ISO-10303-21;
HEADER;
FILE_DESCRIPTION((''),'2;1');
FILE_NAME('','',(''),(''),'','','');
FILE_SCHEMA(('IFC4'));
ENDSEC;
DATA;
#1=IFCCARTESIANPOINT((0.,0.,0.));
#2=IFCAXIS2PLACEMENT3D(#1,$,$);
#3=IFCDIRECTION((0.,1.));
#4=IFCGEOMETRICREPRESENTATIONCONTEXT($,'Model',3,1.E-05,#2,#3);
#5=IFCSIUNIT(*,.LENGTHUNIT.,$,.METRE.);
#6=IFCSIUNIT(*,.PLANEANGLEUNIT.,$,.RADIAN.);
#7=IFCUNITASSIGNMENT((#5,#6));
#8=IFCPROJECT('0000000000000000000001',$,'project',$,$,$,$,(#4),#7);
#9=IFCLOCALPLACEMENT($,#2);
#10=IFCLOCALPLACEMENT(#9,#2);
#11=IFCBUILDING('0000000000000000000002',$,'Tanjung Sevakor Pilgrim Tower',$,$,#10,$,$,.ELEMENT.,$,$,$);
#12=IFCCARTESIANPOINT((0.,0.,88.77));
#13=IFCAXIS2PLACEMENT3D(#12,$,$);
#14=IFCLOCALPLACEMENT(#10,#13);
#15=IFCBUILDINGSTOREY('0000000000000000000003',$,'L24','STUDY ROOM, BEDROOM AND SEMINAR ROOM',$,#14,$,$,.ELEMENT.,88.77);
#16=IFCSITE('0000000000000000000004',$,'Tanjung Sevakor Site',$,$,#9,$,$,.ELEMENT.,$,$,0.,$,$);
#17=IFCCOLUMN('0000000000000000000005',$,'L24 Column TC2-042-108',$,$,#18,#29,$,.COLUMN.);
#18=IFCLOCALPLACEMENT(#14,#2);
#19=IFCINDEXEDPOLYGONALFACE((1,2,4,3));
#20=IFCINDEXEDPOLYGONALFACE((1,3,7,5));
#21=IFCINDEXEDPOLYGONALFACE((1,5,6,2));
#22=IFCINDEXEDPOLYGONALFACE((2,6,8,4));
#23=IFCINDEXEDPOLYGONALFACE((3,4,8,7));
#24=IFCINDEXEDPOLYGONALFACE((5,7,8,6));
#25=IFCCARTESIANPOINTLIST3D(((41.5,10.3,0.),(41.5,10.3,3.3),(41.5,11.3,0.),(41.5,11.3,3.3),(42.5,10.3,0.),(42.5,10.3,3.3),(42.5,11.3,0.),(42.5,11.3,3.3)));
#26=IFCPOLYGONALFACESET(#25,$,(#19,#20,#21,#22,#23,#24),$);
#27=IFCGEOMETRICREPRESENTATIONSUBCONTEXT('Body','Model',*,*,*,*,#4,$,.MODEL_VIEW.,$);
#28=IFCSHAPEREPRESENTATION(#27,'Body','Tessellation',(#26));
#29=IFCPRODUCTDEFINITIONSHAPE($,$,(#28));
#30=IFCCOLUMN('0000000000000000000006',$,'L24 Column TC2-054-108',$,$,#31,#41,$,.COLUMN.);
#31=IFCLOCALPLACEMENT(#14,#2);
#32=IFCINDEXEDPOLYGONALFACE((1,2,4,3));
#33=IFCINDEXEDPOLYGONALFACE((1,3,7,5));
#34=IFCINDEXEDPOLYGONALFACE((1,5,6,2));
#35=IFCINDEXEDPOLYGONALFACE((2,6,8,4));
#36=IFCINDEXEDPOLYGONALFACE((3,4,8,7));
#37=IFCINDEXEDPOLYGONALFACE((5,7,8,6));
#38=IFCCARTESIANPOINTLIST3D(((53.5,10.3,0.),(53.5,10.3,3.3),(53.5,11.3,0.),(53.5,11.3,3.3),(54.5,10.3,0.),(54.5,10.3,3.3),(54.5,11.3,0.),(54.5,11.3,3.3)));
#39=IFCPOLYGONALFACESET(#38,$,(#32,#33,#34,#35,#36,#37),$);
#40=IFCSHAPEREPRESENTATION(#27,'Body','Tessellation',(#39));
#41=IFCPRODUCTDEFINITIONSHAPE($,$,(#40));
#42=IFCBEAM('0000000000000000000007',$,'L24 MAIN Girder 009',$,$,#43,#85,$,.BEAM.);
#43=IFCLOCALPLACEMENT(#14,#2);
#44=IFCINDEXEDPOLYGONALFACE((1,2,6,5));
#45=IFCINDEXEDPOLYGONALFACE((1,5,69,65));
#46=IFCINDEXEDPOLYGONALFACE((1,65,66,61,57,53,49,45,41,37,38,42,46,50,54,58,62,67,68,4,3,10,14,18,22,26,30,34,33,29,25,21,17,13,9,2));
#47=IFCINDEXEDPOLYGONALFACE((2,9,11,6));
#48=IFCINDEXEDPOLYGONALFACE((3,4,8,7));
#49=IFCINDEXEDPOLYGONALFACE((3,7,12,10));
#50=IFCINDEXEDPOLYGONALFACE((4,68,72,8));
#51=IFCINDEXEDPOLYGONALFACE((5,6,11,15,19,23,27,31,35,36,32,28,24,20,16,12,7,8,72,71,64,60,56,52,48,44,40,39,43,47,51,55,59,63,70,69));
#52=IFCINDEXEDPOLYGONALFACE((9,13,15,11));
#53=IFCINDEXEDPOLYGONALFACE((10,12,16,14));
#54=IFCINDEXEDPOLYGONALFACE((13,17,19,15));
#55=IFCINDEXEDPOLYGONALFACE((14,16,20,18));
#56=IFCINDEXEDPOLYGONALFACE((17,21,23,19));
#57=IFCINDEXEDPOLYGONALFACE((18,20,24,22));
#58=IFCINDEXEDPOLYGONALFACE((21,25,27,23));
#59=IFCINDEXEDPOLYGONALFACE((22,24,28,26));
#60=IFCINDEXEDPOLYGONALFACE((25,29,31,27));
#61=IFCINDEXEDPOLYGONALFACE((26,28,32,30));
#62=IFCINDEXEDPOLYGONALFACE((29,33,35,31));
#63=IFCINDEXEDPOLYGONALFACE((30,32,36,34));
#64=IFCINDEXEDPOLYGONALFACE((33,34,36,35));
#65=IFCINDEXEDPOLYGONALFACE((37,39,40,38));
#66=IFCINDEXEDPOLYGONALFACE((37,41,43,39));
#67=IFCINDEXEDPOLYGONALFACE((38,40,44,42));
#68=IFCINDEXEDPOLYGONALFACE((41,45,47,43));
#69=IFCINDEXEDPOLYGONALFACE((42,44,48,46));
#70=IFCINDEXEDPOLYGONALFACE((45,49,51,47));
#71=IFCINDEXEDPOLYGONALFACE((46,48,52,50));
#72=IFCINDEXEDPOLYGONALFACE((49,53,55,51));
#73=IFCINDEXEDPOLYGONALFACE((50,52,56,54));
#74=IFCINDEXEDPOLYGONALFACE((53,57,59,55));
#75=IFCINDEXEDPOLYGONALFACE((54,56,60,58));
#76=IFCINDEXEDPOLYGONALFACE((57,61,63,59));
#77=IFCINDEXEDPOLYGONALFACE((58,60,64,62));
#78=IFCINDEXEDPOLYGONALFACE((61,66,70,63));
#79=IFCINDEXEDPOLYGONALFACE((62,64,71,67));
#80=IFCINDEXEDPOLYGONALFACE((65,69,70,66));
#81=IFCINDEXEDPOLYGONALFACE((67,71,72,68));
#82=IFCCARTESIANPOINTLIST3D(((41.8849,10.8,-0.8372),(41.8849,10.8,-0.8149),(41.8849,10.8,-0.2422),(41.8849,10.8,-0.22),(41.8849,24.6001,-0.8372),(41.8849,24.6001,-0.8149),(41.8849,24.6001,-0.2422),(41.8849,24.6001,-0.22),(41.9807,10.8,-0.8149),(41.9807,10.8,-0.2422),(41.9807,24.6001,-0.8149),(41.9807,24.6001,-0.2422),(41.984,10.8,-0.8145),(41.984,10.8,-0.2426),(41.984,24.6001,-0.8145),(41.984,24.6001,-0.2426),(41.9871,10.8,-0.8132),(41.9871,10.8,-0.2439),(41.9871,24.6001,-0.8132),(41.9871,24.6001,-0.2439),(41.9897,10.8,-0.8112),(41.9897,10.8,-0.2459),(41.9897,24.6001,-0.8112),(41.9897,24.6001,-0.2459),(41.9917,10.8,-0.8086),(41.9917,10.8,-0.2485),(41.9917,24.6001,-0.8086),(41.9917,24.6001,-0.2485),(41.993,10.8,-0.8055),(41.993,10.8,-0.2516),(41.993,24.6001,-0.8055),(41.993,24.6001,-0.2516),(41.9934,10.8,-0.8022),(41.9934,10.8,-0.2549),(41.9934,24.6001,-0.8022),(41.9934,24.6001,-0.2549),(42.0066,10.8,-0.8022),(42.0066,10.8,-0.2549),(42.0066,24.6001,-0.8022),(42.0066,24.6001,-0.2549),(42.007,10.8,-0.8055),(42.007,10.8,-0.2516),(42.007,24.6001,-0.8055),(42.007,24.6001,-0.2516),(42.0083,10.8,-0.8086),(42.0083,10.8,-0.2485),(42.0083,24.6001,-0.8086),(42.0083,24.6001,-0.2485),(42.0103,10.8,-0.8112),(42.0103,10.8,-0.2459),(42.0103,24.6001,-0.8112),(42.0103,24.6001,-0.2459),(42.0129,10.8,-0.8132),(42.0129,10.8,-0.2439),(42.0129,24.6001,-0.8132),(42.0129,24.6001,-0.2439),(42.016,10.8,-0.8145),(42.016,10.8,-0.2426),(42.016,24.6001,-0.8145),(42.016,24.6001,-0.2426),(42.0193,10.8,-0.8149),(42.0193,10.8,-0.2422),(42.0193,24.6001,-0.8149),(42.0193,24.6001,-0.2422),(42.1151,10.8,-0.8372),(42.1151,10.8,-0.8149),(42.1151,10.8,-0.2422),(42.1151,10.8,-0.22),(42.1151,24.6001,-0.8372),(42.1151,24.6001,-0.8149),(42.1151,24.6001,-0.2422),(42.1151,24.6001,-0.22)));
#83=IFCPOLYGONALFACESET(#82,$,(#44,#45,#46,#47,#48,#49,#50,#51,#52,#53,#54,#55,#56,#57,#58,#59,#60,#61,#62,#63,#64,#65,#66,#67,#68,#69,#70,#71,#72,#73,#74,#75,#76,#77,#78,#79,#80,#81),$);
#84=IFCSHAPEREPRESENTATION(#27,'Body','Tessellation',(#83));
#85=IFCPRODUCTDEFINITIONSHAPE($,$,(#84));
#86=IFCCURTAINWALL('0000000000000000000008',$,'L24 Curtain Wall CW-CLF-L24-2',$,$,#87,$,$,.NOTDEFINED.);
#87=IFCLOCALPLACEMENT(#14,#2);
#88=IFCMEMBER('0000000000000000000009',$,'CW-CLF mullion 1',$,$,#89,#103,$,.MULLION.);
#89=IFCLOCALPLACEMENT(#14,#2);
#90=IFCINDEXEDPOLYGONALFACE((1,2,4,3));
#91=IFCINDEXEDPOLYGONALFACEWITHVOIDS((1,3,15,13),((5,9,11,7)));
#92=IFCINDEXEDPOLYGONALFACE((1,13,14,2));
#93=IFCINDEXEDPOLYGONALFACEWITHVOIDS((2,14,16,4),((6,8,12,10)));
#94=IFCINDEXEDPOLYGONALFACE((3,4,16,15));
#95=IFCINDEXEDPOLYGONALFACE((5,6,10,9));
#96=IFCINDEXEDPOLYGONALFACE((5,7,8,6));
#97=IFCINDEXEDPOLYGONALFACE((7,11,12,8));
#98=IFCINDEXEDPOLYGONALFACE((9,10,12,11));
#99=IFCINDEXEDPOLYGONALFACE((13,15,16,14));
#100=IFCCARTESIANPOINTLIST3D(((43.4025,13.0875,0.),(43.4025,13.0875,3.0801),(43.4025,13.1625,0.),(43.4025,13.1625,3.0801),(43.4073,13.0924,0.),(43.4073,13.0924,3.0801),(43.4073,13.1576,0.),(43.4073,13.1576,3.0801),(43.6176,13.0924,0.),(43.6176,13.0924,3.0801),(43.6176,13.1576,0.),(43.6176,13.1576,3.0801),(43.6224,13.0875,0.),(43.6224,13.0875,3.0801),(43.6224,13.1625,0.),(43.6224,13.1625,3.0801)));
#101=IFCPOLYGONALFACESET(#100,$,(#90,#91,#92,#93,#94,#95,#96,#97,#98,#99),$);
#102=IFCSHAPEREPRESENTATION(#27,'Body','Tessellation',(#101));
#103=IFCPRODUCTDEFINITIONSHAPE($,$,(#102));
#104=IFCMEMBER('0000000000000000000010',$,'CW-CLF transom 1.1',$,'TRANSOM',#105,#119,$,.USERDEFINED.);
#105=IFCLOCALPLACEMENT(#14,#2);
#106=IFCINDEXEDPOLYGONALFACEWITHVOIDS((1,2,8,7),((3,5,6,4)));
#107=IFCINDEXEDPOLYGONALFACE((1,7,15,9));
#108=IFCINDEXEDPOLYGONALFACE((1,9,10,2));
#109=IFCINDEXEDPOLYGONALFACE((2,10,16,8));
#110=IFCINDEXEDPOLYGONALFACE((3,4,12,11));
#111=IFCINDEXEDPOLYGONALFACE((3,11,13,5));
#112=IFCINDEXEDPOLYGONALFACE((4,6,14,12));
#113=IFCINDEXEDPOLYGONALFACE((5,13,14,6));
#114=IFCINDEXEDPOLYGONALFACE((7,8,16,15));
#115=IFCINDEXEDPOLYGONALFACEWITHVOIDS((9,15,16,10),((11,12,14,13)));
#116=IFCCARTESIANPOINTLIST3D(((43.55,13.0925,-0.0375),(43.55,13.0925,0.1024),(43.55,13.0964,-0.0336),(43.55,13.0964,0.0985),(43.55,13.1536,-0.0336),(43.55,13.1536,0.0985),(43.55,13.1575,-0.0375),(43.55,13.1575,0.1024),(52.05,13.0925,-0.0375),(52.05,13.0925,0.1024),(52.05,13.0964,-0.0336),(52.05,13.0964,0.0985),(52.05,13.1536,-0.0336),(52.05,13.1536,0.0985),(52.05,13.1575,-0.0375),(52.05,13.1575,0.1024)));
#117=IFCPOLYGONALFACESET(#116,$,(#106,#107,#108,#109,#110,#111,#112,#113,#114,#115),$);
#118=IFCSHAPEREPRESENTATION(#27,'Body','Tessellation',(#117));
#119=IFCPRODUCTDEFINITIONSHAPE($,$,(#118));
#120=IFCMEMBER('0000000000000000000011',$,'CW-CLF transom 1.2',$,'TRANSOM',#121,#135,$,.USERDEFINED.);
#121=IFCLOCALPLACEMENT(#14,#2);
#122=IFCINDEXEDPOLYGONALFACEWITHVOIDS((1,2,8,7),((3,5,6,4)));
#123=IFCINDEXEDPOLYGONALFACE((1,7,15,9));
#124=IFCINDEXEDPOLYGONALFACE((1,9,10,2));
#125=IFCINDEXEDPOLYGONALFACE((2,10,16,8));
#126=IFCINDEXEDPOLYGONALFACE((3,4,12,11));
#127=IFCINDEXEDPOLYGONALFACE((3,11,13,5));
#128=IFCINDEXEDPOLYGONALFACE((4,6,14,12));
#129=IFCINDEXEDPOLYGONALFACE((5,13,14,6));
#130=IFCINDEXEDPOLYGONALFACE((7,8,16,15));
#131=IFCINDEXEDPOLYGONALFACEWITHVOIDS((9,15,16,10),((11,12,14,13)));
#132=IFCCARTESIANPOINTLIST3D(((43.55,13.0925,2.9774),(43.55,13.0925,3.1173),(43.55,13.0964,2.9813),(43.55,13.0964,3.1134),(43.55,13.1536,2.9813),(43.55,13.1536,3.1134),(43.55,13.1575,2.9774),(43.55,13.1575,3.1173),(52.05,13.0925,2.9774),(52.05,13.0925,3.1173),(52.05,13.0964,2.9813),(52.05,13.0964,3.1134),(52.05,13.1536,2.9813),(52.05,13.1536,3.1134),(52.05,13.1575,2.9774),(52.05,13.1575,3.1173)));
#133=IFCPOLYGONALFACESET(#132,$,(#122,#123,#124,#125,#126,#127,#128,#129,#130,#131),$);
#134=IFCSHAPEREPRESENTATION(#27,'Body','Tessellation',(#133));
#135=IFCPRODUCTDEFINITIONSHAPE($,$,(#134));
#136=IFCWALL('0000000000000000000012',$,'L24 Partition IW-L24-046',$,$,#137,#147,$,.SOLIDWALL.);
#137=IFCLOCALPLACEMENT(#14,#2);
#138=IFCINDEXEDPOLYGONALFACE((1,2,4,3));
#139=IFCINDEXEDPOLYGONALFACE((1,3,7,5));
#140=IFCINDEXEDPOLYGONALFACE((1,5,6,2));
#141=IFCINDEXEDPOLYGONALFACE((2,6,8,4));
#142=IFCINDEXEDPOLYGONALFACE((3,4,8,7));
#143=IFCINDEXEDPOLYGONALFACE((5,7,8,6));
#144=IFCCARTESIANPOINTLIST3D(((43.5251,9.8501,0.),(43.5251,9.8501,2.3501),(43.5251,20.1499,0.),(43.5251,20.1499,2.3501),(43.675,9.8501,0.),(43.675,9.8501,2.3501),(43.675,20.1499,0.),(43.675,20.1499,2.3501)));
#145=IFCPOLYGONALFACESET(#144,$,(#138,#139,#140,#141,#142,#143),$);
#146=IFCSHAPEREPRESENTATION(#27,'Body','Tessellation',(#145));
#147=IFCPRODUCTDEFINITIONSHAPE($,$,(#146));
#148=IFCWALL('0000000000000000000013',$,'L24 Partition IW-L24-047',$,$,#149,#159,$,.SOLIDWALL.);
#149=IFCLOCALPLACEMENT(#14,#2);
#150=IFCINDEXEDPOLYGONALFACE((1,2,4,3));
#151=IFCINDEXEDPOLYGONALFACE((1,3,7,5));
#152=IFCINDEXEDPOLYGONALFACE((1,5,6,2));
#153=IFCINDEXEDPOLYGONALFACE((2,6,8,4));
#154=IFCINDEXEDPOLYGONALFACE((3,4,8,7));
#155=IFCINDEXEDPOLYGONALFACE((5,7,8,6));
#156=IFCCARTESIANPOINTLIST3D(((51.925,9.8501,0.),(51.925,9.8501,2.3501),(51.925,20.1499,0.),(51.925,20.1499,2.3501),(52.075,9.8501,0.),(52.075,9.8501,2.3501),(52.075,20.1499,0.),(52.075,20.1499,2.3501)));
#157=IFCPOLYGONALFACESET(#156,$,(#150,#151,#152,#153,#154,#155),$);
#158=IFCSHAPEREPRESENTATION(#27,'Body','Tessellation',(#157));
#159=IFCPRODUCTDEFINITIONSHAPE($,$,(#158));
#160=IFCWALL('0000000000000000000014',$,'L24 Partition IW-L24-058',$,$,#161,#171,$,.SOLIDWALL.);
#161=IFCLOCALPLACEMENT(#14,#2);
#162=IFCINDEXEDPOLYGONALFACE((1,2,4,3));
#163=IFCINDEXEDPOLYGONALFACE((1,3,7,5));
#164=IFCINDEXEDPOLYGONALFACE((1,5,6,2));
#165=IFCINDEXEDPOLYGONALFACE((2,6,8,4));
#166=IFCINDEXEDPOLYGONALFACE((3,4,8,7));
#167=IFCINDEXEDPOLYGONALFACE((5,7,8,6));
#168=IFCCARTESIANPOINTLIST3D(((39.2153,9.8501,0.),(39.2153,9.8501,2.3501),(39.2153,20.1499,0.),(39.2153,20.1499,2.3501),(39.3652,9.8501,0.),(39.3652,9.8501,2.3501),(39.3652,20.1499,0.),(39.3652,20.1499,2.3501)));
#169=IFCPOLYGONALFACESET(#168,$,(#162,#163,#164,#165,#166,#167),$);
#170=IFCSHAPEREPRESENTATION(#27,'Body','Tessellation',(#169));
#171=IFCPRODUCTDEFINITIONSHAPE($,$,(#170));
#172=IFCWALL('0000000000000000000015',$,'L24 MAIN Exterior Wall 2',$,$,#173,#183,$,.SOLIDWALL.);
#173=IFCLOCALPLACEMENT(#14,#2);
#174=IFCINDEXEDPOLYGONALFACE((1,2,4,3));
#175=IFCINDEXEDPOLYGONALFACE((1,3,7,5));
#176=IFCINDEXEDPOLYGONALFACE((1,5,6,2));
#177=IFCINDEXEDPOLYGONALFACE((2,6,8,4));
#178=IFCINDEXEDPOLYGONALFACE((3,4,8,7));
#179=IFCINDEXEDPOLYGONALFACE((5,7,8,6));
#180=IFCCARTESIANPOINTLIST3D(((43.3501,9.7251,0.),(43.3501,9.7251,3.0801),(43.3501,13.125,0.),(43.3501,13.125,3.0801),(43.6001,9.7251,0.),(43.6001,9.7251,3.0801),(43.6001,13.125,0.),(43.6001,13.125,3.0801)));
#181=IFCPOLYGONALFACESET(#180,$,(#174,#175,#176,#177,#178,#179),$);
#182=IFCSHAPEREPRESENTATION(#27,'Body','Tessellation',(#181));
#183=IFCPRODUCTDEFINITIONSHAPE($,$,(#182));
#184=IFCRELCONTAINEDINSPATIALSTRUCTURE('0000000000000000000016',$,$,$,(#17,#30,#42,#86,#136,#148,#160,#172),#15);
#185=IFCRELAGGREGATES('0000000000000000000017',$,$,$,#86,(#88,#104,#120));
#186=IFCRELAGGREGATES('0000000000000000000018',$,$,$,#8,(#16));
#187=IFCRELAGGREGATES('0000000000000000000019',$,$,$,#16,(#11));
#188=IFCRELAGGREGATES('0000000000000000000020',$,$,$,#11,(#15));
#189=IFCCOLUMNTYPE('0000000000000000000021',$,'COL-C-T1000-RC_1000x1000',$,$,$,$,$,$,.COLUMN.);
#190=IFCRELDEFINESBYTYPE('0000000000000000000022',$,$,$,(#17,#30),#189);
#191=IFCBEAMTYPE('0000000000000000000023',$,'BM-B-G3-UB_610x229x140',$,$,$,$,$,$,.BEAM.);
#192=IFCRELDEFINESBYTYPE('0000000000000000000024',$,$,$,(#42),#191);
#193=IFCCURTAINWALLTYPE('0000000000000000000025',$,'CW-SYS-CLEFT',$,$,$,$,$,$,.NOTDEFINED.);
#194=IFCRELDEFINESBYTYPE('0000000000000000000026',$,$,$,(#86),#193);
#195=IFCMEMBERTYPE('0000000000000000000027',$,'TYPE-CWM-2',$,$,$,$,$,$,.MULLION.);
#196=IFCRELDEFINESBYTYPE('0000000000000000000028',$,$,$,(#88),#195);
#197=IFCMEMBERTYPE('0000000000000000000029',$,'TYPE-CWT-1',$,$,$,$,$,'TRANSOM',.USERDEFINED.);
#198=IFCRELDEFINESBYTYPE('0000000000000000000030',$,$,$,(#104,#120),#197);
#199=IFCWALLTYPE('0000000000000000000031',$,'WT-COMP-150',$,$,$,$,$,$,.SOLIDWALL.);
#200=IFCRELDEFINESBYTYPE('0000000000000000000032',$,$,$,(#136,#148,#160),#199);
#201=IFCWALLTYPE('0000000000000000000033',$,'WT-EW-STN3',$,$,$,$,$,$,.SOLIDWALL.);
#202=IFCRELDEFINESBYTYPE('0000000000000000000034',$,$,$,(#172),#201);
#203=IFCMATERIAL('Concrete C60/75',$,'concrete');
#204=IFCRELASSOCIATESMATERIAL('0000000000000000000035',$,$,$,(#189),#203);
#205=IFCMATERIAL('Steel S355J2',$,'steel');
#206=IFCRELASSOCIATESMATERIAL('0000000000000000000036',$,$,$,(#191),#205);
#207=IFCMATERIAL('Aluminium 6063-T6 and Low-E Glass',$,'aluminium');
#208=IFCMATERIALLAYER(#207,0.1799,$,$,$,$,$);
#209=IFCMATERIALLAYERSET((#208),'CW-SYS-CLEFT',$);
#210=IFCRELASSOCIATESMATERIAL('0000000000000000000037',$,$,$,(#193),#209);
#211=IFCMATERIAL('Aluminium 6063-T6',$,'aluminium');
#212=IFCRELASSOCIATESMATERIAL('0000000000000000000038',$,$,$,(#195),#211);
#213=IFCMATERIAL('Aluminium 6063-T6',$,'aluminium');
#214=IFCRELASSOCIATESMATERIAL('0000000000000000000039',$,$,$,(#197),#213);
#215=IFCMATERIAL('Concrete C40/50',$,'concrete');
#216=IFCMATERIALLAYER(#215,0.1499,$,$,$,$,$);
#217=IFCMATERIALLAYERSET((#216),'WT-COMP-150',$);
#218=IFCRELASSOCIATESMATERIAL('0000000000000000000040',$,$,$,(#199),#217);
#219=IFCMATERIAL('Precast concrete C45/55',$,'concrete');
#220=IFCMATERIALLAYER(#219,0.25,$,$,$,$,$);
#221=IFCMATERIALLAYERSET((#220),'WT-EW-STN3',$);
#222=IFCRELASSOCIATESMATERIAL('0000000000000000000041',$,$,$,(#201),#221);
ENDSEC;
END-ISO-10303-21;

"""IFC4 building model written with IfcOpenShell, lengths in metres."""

from ifc_helpers import new_model, si_unit, direction, frame, frame_2d, origin, origin_2d, place, context, subcontext, project, spatial, rectangle, hollow_rectangle, i_section, extrude, material, layer, layer_set, material_profile, profile_set, type_object, element, aggregate, save


model = new_model("IFC4")

# Units and contexts
model_context = context("Model", 3, precision=1e-05, world=origin(), true_north=direction((0.0, 1.0)))
body_context = subcontext(model_context, "Body", "Model", "MODEL_VIEW")
ifc_project = project(units=[si_unit("LENGTHUNIT", "METRE"), si_unit("PLANEANGLEUNIT", "RADIAN")], contexts=[model_context])

# Site, building, storey
site_placement = place(None, origin())
site = spatial("IfcSite", under=ifc_project, at=site_placement, Name="Tanjung Sevakor Site", CompositionType="ELEMENT", RefElevation=0.0)
building_placement = place(site_placement, origin())
building = spatial("IfcBuilding", under=site, at=building_placement, Name="Tanjung Sevakor Pilgrim Tower", CompositionType="ELEMENT")
storey_placement = place(building_placement, frame((0.0, 0.0, 88.77)))
storey = spatial("IfcBuildingStorey", under=building, at=storey_placement, Name="L24", Description="STUDY ROOM, BEDROOM AND SEMINAR ROOM", CompositionType="ELEMENT", Elevation=88.77)

# Columns
ifc_material_1 = material(Name="Concrete C60/75", Category="concrete")
ifc_material_profile_1 = material_profile(ifc_material_1, rectangle(XDim=1.0, YDim=1.0, at=origin_2d()))
ifc_profile_set_1 = profile_set([ifc_material_profile_1], Name="Concrete C60/75")
column_type = type_object("IfcColumnType", Name="COL-C-T1000-RC_1000x1000", PredefinedType="COLUMN", material=ifc_profile_set_1)
for number, where, z_axis, x_axis, name in (
    (1, (42.0, 10.8, 0.0), (0.0, 0.0, 1.0), (1.0, 0.0, 0.0), "L24 Column TC2-042-108"),
    (2, (54.0, 10.8, 0.0), (0.0, 0.0, 1.0), (1.0, 0.0, 0.0), "L24 Column TC2-054-108"),
):
    element("IfcColumn", number, at=place(storey_placement, frame(where, z_axis=z_axis, x_axis=x_axis)), inside=storey, type_object=column_type, Name=name, PredefinedType="COLUMN", context=body_context, shape_type="SweptSolid", body=[
        extrude(rectangle(XDim=1.0, YDim=1.0, at=origin_2d()), origin(), (0.0, 0.0, 1.0), 3.3),
    ])

# Beam
ifc_material_2 = material(Name="Steel S355J2", Category="steel")
ifc_material_profile_2 = material_profile(ifc_material_2, i_section(OverallWidth=0.2302, OverallDepth=0.6172, WebThickness=0.0132, FlangeThickness=0.0222, FilletRadius=0.0127, at=origin_2d()))
ifc_profile_set_2 = profile_set([ifc_material_profile_2], Name="Steel S355J2")
beam_type = type_object("IfcBeamType", Name="BM-B-G3-UB_610x229x140", PredefinedType="BEAM", material=ifc_profile_set_2)
beam_placement = place(storey_placement, frame((42.0, 10.8, -0.5286), z_axis=(0.0, 1.0, 0.0), x_axis=(-1.0, 0.0, 0.0)))
element("IfcBeam", 3, at=beam_placement, inside=storey, type_object=beam_type, Name="L24 MAIN Girder 009", PredefinedType="BEAM", context=body_context, shape_type="SweptSolid", body=[
    extrude(i_section(OverallWidth=0.2302, OverallDepth=0.6172, WebThickness=0.0132, FlangeThickness=0.0222, FilletRadius=0.0127, at=origin_2d()), origin(), (0.0, 0.0, 1.0), 13.8),
])

# Curtain wall, members
ifc_material_3 = material(Name="Aluminium 6063-T6 and Low-E Glass", Category="aluminium")
ifc_layer_1 = layer(ifc_material_3, 0.1799)
ifc_layer_set_1 = layer_set([ifc_layer_1], Name="CW-SYS-CLEFT")
curtain_wall_type = type_object("IfcCurtainWallType", Name="CW-SYS-CLEFT", PredefinedType="NOTDEFINED", material=ifc_layer_set_1)
curtain_wall_placement = place(storey_placement, origin())
curtain_wall = element("IfcCurtainWall", 4, at=curtain_wall_placement, inside=storey, type_object=curtain_wall_type, Name="L24 Curtain Wall CW-CLF-L24-2", PredefinedType="NOTDEFINED")
ifc_material_4 = material(Name="Aluminium 6063-T6", Category="aluminium")
ifc_material_profile_3 = material_profile(ifc_material_4, hollow_rectangle(XDim=0.075, YDim=0.22, WallThickness=0.0049, at=origin_2d()))
ifc_profile_set_3 = profile_set([ifc_material_profile_3], Name="Aluminium 6063-T6")
member_type_1 = type_object("IfcMemberType", Name="TYPE-CWM-2", PredefinedType="MULLION", material=ifc_profile_set_3)
member_1_placement = place(storey_placement, frame((43.5125, 13.125, 0.0), z_axis=(0.0, 0.0, 1.0), x_axis=(0.0, 1.0, 0.0)))
member_1 = element("IfcMember", 5, at=member_1_placement, type_object=member_type_1, Name="CW-CLF mullion 1", PredefinedType="MULLION", context=body_context, shape_type="SweptSolid", body=[
    extrude(hollow_rectangle(XDim=0.075, YDim=0.22, WallThickness=0.0049, at=origin_2d()), origin(), (0.0, 0.0, 1.0), 3.0801),
])
ifc_material_5 = material(Name="Aluminium 6063-T6", Category="aluminium")
ifc_material_profile_4 = material_profile(ifc_material_5, hollow_rectangle(XDim=0.0649, YDim=0.1399, WallThickness=0.0039, at=origin_2d()))
ifc_profile_set_4 = profile_set([ifc_material_profile_4], Name="Aluminium 6063-T6")
member_type_2 = type_object("IfcMemberType", Name="TYPE-CWT-1", ElementType="TRANSOM", PredefinedType="USERDEFINED", material=ifc_profile_set_4)
member_2_placement = place(storey_placement, frame((43.55, 13.125, 0.0325), z_axis=(1.0, 0.0, 0.0), x_axis=(0.0, 1.0, 0.0)))
member_2 = element("IfcMember", 6, at=member_2_placement, type_object=member_type_2, Name="CW-CLF transom 1.1", ObjectType="TRANSOM", PredefinedType="USERDEFINED", context=body_context, shape_type="SweptSolid", body=[
    extrude(hollow_rectangle(XDim=0.0649, YDim=0.1399, WallThickness=0.0039, at=origin_2d()), origin(), (0.0, 0.0, 1.0), 8.5),
])
member_3_placement = place(storey_placement, frame((43.55, 13.125, 3.0474), z_axis=(1.0, 0.0, 0.0), x_axis=(0.0, 1.0, 0.0)))
member_3 = element("IfcMember", 7, at=member_3_placement, type_object=member_type_2, Name="CW-CLF transom 1.2", ObjectType="TRANSOM", PredefinedType="USERDEFINED", context=body_context, shape_type="SweptSolid", body=[
    extrude(hollow_rectangle(XDim=0.0649, YDim=0.1399, WallThickness=0.0039, at=origin_2d()), origin(), (0.0, 0.0, 1.0), 8.5),
])
aggregate(curtain_wall, [member_1, member_2, member_3])

# Walls
ifc_material_6 = material(Name="Concrete C40/50", Category="concrete")
ifc_layer_2 = layer(ifc_material_6, 0.1499)
ifc_layer_set_2 = layer_set([ifc_layer_2], Name="WT-COMP-150")
wall_type_1 = type_object("IfcWallType", Name="WT-COMP-150", PredefinedType="SOLIDWALL", material=ifc_layer_set_2)
for number, where, z_axis, x_axis, name in (
    (8, (43.6001, 9.8501, 0.0), (0.0, 0.0, 1.0), (0.0, 1.0, 0.0), "L24 Partition IW-L24-046"),
    (9, (52.0, 9.8501, 0.0), (0.0, 0.0, 1.0), (0.0, 1.0, 0.0), "L24 Partition IW-L24-047"),
    (10, (39.2903, 9.8501, 0.0), (0.0, 0.0, 1.0), (0.0, 1.0, 0.0), "L24 Partition IW-L24-058"),
):
    element("IfcWall", number, at=place(storey_placement, frame(where, z_axis=z_axis, x_axis=x_axis)), inside=storey, type_object=wall_type_1, Name=name, PredefinedType="SOLIDWALL", context=body_context, shape_type="SweptSolid", body=[
        extrude(rectangle(XDim=10.2998, YDim=0.1499, at=frame_2d((5.1499, 0.0))), origin(), (0.0, 0.0, 1.0), 2.3501),
    ])
ifc_material_7 = material(Name="Precast concrete C45/55", Category="concrete")
ifc_layer_3 = layer(ifc_material_7, 0.25)
ifc_layer_set_3 = layer_set([ifc_layer_3], Name="WT-EW-STN3")
wall_type_2 = type_object("IfcWallType", Name="WT-EW-STN3", PredefinedType="SOLIDWALL", material=ifc_layer_set_3)
wall_1_placement = place(storey_placement, frame((43.4751, 9.7251, 0.0), z_axis=(0.0, 0.0, 1.0), x_axis=(0.0, 1.0, 0.0)))
element("IfcWall", 11, at=wall_1_placement, inside=storey, type_object=wall_type_2, Name="L24 MAIN Exterior Wall 2", PredefinedType="SOLIDWALL", context=body_context, shape_type="SweptSolid", body=[
    extrude(rectangle(XDim=3.3999, YDim=0.25, at=frame_2d((1.7, 0.0))), origin(), (0.0, 0.0, 1.0), 3.0801),
])

save(model, "model.ifc")
